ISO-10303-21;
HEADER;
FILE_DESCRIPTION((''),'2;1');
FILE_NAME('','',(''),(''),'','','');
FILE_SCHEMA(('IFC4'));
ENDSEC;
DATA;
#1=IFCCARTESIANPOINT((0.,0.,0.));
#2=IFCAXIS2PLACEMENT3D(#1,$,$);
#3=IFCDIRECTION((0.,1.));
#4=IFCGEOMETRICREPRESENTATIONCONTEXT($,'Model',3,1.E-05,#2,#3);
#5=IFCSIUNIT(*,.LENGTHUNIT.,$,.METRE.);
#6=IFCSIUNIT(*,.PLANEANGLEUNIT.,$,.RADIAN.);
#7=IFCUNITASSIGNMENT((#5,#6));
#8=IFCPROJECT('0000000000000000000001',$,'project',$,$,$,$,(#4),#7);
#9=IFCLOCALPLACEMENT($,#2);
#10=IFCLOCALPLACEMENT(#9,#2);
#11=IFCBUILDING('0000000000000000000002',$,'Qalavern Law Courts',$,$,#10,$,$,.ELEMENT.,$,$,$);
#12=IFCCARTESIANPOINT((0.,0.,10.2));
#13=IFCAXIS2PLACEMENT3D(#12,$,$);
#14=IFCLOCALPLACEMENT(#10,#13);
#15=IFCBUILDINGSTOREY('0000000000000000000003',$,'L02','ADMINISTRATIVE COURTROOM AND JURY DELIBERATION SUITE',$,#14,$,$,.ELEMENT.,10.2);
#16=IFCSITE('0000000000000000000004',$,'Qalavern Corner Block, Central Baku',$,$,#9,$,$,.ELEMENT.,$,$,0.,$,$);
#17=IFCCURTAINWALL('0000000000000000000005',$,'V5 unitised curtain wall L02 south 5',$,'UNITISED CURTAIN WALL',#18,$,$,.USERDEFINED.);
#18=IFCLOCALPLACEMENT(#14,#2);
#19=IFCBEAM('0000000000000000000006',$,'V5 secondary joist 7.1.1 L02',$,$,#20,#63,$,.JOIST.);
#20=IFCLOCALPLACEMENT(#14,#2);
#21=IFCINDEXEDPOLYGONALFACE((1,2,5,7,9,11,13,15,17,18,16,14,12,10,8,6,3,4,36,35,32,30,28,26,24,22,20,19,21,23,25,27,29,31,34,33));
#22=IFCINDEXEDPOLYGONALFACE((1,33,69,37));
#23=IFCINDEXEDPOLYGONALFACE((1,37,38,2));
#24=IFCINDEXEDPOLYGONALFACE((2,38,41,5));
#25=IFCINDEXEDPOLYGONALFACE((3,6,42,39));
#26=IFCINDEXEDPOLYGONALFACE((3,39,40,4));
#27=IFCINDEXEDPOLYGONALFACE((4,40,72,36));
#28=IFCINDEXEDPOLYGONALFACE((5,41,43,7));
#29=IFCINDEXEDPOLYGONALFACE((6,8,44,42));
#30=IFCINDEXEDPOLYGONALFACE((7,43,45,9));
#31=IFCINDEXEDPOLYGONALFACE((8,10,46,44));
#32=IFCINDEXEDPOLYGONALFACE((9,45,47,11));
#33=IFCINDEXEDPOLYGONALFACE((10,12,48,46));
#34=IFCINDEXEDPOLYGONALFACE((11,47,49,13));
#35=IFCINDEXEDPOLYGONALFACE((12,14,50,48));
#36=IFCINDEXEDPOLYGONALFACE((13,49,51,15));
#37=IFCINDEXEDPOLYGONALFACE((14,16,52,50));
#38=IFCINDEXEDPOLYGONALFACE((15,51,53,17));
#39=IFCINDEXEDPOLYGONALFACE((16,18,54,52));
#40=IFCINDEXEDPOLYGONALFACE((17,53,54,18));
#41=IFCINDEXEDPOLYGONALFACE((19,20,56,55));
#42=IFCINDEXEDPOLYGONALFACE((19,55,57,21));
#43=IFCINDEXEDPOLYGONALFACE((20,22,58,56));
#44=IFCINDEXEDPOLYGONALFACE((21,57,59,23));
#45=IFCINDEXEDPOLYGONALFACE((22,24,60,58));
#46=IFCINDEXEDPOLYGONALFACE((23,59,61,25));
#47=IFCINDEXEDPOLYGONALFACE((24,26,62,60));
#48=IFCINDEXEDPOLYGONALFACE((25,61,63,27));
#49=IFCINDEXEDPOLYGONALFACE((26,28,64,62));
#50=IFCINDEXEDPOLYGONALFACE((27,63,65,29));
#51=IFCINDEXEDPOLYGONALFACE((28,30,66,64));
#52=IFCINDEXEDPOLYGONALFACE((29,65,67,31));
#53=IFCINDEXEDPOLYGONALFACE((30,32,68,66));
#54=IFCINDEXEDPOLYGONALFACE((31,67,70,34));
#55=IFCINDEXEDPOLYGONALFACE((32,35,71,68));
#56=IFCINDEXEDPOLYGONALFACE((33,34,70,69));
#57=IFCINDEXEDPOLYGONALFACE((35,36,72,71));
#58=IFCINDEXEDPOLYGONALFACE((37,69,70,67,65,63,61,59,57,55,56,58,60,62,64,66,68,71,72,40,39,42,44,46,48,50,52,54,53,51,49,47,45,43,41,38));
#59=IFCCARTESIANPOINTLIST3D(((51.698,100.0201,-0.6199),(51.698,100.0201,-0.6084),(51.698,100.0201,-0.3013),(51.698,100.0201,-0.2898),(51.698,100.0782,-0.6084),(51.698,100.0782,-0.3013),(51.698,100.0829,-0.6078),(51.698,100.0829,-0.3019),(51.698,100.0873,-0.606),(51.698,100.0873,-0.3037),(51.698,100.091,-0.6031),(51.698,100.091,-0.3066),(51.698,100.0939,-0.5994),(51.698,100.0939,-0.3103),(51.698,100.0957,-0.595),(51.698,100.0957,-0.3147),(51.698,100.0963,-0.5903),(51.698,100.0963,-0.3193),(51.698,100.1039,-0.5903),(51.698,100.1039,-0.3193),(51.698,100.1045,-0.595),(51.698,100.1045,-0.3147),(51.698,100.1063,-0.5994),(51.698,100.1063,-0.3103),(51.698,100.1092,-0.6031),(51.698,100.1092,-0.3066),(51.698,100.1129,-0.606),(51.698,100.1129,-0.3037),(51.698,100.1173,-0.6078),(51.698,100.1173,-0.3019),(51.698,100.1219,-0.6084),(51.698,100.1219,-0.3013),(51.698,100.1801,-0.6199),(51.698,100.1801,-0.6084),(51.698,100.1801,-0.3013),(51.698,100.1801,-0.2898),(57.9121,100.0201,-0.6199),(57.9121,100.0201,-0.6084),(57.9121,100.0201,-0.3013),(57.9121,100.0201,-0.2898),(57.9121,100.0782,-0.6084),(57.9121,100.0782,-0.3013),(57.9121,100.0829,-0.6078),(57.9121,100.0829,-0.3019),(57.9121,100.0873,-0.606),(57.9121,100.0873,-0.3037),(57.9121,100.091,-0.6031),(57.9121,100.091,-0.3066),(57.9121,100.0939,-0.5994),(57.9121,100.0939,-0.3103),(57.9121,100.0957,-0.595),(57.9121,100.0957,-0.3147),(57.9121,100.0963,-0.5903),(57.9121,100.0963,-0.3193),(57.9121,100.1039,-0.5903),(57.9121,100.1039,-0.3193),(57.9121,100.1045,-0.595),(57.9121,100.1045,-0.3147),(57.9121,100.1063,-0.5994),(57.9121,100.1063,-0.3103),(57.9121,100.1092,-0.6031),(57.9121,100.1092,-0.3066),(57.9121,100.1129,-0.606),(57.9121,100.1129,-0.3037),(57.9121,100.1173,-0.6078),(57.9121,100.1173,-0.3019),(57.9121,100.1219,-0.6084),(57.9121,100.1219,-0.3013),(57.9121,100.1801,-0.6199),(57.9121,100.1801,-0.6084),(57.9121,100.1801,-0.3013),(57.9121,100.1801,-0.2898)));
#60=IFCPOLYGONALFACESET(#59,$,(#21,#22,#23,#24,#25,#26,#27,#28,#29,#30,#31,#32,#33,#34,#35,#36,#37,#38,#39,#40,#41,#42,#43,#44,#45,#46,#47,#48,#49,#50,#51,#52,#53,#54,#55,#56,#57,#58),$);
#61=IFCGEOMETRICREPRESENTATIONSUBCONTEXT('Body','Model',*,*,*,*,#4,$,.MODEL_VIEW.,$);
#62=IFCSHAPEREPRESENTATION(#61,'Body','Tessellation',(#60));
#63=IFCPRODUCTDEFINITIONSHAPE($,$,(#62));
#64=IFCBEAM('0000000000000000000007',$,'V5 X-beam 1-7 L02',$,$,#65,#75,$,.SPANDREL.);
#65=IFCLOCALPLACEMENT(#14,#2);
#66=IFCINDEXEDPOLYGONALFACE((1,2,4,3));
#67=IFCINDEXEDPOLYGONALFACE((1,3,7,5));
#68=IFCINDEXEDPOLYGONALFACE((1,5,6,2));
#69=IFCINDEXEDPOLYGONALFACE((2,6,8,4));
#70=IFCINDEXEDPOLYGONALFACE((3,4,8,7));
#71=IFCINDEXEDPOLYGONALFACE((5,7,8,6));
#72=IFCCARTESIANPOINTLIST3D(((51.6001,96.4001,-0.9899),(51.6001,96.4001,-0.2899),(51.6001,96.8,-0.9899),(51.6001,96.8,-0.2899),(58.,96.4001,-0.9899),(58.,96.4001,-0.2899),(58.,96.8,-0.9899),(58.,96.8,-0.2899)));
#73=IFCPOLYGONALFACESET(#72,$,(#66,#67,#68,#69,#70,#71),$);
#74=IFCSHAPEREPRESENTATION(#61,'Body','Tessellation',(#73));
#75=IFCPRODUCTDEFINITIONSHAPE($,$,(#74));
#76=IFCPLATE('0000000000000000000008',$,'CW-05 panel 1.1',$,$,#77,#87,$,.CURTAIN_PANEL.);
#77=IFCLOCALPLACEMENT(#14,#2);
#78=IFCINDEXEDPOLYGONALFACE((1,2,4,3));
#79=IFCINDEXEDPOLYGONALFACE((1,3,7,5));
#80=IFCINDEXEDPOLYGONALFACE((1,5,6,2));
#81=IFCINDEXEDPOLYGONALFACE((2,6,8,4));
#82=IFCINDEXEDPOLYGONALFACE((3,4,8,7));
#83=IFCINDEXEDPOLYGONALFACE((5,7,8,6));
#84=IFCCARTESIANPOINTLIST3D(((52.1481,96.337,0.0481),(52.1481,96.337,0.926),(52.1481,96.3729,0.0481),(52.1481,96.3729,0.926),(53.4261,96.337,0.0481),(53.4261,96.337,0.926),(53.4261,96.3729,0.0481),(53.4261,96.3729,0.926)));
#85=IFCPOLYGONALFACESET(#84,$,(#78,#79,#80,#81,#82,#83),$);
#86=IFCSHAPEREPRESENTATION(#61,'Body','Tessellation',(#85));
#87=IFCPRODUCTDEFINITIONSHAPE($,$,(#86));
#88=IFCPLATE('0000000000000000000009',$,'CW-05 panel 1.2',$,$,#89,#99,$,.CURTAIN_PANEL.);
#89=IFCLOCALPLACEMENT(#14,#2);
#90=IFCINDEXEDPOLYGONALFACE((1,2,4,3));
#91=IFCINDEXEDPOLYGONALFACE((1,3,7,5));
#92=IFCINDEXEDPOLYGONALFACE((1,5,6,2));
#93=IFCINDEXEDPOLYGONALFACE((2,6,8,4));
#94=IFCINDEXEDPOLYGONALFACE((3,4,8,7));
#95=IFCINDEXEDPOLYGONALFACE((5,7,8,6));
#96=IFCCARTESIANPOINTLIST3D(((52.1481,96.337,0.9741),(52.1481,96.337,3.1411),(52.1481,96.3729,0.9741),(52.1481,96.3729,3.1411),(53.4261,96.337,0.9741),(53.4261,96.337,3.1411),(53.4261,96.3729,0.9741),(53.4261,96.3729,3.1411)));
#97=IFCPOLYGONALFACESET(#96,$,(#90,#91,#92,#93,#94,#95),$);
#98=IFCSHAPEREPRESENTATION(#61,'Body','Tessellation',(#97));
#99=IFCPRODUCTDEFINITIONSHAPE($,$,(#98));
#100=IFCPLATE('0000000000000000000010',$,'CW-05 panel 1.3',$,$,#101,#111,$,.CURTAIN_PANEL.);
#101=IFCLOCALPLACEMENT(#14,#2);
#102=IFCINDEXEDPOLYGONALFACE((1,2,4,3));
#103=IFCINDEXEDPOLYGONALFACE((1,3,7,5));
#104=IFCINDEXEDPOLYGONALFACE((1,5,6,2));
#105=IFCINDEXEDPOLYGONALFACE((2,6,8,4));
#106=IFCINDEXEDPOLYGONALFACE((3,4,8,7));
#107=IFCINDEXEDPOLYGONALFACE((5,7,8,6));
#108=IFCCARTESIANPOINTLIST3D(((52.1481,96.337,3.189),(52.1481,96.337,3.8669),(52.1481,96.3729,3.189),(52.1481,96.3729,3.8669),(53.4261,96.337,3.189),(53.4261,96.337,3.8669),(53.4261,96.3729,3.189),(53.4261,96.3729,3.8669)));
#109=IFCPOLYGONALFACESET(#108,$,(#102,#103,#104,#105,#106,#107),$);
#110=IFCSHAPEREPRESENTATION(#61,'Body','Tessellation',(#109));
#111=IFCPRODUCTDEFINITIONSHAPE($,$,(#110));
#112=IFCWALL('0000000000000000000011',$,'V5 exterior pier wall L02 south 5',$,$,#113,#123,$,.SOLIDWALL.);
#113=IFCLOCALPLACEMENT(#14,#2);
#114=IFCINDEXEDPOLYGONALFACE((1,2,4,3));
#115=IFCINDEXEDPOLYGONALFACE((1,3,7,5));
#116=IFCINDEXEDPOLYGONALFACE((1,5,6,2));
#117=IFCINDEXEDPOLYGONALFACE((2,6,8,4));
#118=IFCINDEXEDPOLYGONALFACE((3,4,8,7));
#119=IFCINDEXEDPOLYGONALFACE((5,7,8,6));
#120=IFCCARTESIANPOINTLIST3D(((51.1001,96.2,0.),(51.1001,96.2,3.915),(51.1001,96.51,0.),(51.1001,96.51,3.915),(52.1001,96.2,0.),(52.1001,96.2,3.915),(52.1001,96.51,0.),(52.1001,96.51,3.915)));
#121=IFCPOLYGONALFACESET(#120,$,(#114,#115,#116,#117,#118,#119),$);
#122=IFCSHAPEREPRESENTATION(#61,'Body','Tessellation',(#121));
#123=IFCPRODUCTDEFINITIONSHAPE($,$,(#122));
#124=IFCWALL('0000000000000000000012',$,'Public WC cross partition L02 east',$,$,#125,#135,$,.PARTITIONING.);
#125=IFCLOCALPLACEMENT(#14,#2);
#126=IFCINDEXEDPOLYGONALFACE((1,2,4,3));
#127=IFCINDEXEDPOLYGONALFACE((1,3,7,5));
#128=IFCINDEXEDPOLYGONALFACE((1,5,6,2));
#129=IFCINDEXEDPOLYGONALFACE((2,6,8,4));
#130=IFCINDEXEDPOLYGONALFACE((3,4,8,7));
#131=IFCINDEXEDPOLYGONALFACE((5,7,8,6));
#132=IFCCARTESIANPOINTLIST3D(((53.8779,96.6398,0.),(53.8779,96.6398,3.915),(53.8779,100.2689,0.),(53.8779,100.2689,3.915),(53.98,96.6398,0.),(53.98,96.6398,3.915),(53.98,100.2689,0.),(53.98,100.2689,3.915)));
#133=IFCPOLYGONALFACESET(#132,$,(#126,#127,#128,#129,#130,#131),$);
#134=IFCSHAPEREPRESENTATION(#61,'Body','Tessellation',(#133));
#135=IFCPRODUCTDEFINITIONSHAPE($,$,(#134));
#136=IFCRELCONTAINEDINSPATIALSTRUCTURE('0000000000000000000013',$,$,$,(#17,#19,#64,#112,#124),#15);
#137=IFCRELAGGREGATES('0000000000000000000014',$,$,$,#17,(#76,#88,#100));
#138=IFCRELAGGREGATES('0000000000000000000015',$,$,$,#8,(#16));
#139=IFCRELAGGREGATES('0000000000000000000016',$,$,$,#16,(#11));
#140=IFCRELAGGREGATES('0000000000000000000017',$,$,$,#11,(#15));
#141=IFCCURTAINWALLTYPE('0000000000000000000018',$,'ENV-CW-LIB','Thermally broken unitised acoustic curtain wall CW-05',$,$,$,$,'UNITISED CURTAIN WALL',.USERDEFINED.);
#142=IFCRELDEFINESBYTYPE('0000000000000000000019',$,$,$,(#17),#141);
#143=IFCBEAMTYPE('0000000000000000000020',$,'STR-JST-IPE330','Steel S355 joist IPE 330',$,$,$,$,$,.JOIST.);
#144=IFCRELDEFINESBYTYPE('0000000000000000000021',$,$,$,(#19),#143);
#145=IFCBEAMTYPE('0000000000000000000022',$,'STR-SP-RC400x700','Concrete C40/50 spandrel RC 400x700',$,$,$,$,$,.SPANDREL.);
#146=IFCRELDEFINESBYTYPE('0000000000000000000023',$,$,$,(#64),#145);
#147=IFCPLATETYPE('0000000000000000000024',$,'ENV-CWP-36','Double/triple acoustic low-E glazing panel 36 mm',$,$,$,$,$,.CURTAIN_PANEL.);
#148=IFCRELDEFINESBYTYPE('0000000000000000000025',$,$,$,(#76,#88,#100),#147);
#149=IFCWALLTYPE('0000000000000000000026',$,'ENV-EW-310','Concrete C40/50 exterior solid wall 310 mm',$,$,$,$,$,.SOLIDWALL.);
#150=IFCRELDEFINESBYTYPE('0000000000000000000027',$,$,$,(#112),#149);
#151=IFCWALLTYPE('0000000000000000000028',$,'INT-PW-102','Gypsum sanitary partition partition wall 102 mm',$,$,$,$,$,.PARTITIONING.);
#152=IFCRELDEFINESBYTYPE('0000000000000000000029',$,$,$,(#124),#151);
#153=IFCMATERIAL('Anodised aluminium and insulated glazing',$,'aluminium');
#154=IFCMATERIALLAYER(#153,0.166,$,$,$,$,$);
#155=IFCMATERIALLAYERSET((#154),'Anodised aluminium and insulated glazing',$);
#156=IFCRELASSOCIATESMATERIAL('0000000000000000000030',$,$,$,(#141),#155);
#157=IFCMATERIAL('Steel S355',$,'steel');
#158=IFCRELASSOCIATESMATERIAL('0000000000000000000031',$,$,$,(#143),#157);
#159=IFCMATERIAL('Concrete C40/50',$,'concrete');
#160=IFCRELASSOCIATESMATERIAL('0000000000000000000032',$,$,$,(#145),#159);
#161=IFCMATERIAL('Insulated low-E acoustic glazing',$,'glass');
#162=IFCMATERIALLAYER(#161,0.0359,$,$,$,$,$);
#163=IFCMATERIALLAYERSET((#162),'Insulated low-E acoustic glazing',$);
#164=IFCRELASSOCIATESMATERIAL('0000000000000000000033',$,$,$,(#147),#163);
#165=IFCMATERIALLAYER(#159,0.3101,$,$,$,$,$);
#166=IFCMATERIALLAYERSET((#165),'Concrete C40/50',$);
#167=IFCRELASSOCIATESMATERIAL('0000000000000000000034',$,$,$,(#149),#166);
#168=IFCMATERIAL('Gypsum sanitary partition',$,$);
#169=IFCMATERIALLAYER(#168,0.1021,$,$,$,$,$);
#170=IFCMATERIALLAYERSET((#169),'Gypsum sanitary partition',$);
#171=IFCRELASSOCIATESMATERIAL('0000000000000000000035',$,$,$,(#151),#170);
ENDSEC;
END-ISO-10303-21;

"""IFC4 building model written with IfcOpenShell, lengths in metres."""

from ifc_helpers import new_model, si_unit, direction, frame, frame_2d, origin, origin_2d, place, context, subcontext, project, spatial, rectangle, i_section, extrude, material, layer, layer_set, material_profile, profile_set, type_object, element, aggregate, save


model = new_model("IFC4")

# Units and contexts
model_context = context("Model", 3, precision=1e-05, world=origin(), true_north=direction((0.0, 1.0)))
body_context = subcontext(model_context, "Body", "Model", "MODEL_VIEW")
ifc_project = project(units=[si_unit("LENGTHUNIT", "METRE"), si_unit("PLANEANGLEUNIT", "RADIAN")], contexts=[model_context])

# Site, building, storey
site_placement = place(None, origin())
site = spatial("IfcSite", under=ifc_project, at=site_placement, Name="Qalavern Corner Block, Central Baku", CompositionType="ELEMENT", RefElevation=0.0)
building_placement = place(site_placement, origin())
building = spatial("IfcBuilding", under=site, at=building_placement, Name="Qalavern Law Courts", CompositionType="ELEMENT")
storey_placement = place(building_placement, frame((0.0, 0.0, 10.2)))
storey = spatial("IfcBuildingStorey", under=building, at=storey_placement, Name="L02", Description="ADMINISTRATIVE COURTROOM AND JURY DELIBERATION SUITE", CompositionType="ELEMENT", Elevation=10.2)

# Shared definitions
ifc_material_1 = material(Name="Anodised aluminium and insulated glazing", Category="aluminium")
ifc_layer_1 = layer(ifc_material_1, 0.166)
ifc_layer_set_1 = layer_set([ifc_layer_1], Name="Anodised aluminium and insulated glazing")
curtain_wall_type = type_object("IfcCurtainWallType", Name="ENV-CW-LIB", Description="Thermally broken unitised acoustic curtain wall CW-05", ElementType="UNITISED CURTAIN WALL", PredefinedType="USERDEFINED", material=ifc_layer_set_1)

# Curtain wall
curtain_wall_1_placement = place(storey_placement, origin())
curtain_wall_1 = element("IfcCurtainWall", 1, at=curtain_wall_1_placement, inside=storey, type_object=curtain_wall_type, Name="V5 unitised curtain wall L02 south 5", ObjectType="UNITISED CURTAIN WALL", PredefinedType="USERDEFINED")

# Beams
ifc_material_2 = material(Name="Steel S355", Category="steel")
ifc_material_profile_1 = material_profile(ifc_material_2, i_section(OverallWidth=0.1599, OverallDepth=0.3301, WebThickness=0.0076, FlangeThickness=0.0115, FilletRadius=0.0181, at=origin_2d()), Name="IPE 330")
ifc_profile_set_1 = profile_set([ifc_material_profile_1], Name="Steel S355")
beam_type_1 = type_object("IfcBeamType", Name="STR-JST-IPE330", Description="Steel S355 joist IPE 330", PredefinedType="JOIST", material=ifc_profile_set_1)
beam_1_placement = place(storey_placement, frame((51.698, 100.1001, -0.4548), z_axis=(1.0, 0.0, 0.0), x_axis=(0.0, 1.0, 0.0)))
element("IfcBeam", 2, at=beam_1_placement, inside=storey, type_object=beam_type_1, Name="V5 secondary joist 7.1.1 L02", PredefinedType="JOIST", context=body_context, shape_type="SweptSolid", body=[
    extrude(i_section(OverallWidth=0.1599, OverallDepth=0.3301, WebThickness=0.0076, FlangeThickness=0.0115, FilletRadius=0.0181, at=origin_2d()), origin(), (0.0, 0.0, 1.0), 6.2141),
])
ifc_material_3 = material(Name="Concrete C40/50", Category="concrete")
ifc_material_profile_2 = material_profile(ifc_material_3, rectangle(XDim=0.3999, YDim=0.7, at=origin_2d()), Name="RC 400x700")
ifc_profile_set_2 = profile_set([ifc_material_profile_2], Name="Concrete C40/50")
beam_type_2 = type_object("IfcBeamType", Name="STR-SP-RC400x700", Description="Concrete C40/50 spandrel RC 400x700", PredefinedType="SPANDREL", material=ifc_profile_set_2)
beam_2_placement = place(storey_placement, frame((51.6001, 96.6001, -0.6399), z_axis=(1.0, 0.0, 0.0), x_axis=(0.0, 1.0, 0.0)))
element("IfcBeam", 3, at=beam_2_placement, inside=storey, type_object=beam_type_2, Name="V5 X-beam 1-7 L02", PredefinedType="SPANDREL", context=body_context, shape_type="SweptSolid", body=[
    extrude(rectangle(XDim=0.3999, YDim=0.7, at=origin_2d()), origin(), (0.0, 0.0, 1.0), 6.3999),
])

# Plates
ifc_material_4 = material(Name="Insulated low-E acoustic glazing", Category="glass")
ifc_layer_2 = layer(ifc_material_4, 0.0359)
ifc_layer_set_2 = layer_set([ifc_layer_2], Name="Insulated low-E acoustic glazing")
plate_type = type_object("IfcPlateType", Name="ENV-CWP-36", Description="Double/triple acoustic low-E glazing panel 36 mm", PredefinedType="CURTAIN_PANEL", material=ifc_layer_set_2)
plate_1_placement = place(storey_placement, frame((52.7871, 96.355, 0.0481), z_axis=(0.0, 0.0, 1.0), x_axis=(1.0, 0.0, 0.0)))
plate_1 = element("IfcPlate", 4, at=plate_1_placement, type_object=plate_type, Name="CW-05 panel 1.1", PredefinedType="CURTAIN_PANEL", context=body_context, shape_type="SweptSolid", body=[
    extrude(rectangle(XDim=1.2781, YDim=0.0359, at=origin_2d()), origin(), (0.0, 0.0, 1.0), 0.8779),
])
plate_2_placement = place(storey_placement, frame((52.7871, 96.355, 0.9741), z_axis=(0.0, 0.0, 1.0), x_axis=(1.0, 0.0, 0.0)))
plate_2 = element("IfcPlate", 5, at=plate_2_placement, type_object=plate_type, Name="CW-05 panel 1.2", PredefinedType="CURTAIN_PANEL", context=body_context, shape_type="SweptSolid", body=[
    extrude(rectangle(XDim=1.2781, YDim=0.0359, at=origin_2d()), origin(), (0.0, 0.0, 1.0), 2.167),
])
plate_3_placement = place(storey_placement, frame((52.7871, 96.355, 3.189), z_axis=(0.0, 0.0, 1.0), x_axis=(1.0, 0.0, 0.0)))
plate_3 = element("IfcPlate", 6, at=plate_3_placement, type_object=plate_type, Name="CW-05 panel 1.3", PredefinedType="CURTAIN_PANEL", context=body_context, shape_type="SweptSolid", body=[
    extrude(rectangle(XDim=1.2781, YDim=0.0359, at=origin_2d()), origin(), (0.0, 0.0, 1.0), 0.678),
])
aggregate(curtain_wall_1, [plate_1, plate_2, plate_3])

# Walls
ifc_layer_3 = layer(ifc_material_3, 0.3101)
ifc_layer_set_3 = layer_set([ifc_layer_3], Name="Concrete C40/50")
wall_type_1 = type_object("IfcWallType", Name="ENV-EW-310", Description="Concrete C40/50 exterior solid wall 310 mm", PredefinedType="SOLIDWALL", material=ifc_layer_set_3)
wall_1_placement = place(storey_placement, frame((51.1001, 96.355, 0.0), z_axis=(0.0, 0.0, 1.0), x_axis=(1.0, 0.0, 0.0)))
element("IfcWall", 7, at=wall_1_placement, inside=storey, type_object=wall_type_1, Name="V5 exterior pier wall L02 south 5", PredefinedType="SOLIDWALL", context=body_context, shape_type="SweptSolid", body=[
    extrude(rectangle(XDim=1.0, YDim=0.3101, at=frame_2d((0.5, 0.0))), origin(), (0.0, 0.0, 1.0), 3.915),
])
ifc_material_5 = material(Name="Gypsum sanitary partition")
ifc_layer_4 = layer(ifc_material_5, 0.1021)
ifc_layer_set_4 = layer_set([ifc_layer_4], Name="Gypsum sanitary partition")
wall_type_2 = type_object("IfcWallType", Name="INT-PW-102", Description="Gypsum sanitary partition partition wall 102 mm", PredefinedType="PARTITIONING", material=ifc_layer_set_4)
wall_2_placement = place(storey_placement, frame((53.929, 96.6399, 0.0), z_axis=(0.0, 0.0, 1.0), x_axis=(0.0, 1.0, 0.0)))
element("IfcWall", 8, at=wall_2_placement, inside=storey, type_object=wall_type_2, Name="Public WC cross partition L02 east", PredefinedType="PARTITIONING", context=body_context, shape_type="SweptSolid", body=[
    extrude(rectangle(XDim=3.6292, YDim=0.1021, at=frame_2d((1.8145, 0.0))), origin(), (0.0, 0.0, 1.0), 3.915),
])

save(model, "model.ifc")
